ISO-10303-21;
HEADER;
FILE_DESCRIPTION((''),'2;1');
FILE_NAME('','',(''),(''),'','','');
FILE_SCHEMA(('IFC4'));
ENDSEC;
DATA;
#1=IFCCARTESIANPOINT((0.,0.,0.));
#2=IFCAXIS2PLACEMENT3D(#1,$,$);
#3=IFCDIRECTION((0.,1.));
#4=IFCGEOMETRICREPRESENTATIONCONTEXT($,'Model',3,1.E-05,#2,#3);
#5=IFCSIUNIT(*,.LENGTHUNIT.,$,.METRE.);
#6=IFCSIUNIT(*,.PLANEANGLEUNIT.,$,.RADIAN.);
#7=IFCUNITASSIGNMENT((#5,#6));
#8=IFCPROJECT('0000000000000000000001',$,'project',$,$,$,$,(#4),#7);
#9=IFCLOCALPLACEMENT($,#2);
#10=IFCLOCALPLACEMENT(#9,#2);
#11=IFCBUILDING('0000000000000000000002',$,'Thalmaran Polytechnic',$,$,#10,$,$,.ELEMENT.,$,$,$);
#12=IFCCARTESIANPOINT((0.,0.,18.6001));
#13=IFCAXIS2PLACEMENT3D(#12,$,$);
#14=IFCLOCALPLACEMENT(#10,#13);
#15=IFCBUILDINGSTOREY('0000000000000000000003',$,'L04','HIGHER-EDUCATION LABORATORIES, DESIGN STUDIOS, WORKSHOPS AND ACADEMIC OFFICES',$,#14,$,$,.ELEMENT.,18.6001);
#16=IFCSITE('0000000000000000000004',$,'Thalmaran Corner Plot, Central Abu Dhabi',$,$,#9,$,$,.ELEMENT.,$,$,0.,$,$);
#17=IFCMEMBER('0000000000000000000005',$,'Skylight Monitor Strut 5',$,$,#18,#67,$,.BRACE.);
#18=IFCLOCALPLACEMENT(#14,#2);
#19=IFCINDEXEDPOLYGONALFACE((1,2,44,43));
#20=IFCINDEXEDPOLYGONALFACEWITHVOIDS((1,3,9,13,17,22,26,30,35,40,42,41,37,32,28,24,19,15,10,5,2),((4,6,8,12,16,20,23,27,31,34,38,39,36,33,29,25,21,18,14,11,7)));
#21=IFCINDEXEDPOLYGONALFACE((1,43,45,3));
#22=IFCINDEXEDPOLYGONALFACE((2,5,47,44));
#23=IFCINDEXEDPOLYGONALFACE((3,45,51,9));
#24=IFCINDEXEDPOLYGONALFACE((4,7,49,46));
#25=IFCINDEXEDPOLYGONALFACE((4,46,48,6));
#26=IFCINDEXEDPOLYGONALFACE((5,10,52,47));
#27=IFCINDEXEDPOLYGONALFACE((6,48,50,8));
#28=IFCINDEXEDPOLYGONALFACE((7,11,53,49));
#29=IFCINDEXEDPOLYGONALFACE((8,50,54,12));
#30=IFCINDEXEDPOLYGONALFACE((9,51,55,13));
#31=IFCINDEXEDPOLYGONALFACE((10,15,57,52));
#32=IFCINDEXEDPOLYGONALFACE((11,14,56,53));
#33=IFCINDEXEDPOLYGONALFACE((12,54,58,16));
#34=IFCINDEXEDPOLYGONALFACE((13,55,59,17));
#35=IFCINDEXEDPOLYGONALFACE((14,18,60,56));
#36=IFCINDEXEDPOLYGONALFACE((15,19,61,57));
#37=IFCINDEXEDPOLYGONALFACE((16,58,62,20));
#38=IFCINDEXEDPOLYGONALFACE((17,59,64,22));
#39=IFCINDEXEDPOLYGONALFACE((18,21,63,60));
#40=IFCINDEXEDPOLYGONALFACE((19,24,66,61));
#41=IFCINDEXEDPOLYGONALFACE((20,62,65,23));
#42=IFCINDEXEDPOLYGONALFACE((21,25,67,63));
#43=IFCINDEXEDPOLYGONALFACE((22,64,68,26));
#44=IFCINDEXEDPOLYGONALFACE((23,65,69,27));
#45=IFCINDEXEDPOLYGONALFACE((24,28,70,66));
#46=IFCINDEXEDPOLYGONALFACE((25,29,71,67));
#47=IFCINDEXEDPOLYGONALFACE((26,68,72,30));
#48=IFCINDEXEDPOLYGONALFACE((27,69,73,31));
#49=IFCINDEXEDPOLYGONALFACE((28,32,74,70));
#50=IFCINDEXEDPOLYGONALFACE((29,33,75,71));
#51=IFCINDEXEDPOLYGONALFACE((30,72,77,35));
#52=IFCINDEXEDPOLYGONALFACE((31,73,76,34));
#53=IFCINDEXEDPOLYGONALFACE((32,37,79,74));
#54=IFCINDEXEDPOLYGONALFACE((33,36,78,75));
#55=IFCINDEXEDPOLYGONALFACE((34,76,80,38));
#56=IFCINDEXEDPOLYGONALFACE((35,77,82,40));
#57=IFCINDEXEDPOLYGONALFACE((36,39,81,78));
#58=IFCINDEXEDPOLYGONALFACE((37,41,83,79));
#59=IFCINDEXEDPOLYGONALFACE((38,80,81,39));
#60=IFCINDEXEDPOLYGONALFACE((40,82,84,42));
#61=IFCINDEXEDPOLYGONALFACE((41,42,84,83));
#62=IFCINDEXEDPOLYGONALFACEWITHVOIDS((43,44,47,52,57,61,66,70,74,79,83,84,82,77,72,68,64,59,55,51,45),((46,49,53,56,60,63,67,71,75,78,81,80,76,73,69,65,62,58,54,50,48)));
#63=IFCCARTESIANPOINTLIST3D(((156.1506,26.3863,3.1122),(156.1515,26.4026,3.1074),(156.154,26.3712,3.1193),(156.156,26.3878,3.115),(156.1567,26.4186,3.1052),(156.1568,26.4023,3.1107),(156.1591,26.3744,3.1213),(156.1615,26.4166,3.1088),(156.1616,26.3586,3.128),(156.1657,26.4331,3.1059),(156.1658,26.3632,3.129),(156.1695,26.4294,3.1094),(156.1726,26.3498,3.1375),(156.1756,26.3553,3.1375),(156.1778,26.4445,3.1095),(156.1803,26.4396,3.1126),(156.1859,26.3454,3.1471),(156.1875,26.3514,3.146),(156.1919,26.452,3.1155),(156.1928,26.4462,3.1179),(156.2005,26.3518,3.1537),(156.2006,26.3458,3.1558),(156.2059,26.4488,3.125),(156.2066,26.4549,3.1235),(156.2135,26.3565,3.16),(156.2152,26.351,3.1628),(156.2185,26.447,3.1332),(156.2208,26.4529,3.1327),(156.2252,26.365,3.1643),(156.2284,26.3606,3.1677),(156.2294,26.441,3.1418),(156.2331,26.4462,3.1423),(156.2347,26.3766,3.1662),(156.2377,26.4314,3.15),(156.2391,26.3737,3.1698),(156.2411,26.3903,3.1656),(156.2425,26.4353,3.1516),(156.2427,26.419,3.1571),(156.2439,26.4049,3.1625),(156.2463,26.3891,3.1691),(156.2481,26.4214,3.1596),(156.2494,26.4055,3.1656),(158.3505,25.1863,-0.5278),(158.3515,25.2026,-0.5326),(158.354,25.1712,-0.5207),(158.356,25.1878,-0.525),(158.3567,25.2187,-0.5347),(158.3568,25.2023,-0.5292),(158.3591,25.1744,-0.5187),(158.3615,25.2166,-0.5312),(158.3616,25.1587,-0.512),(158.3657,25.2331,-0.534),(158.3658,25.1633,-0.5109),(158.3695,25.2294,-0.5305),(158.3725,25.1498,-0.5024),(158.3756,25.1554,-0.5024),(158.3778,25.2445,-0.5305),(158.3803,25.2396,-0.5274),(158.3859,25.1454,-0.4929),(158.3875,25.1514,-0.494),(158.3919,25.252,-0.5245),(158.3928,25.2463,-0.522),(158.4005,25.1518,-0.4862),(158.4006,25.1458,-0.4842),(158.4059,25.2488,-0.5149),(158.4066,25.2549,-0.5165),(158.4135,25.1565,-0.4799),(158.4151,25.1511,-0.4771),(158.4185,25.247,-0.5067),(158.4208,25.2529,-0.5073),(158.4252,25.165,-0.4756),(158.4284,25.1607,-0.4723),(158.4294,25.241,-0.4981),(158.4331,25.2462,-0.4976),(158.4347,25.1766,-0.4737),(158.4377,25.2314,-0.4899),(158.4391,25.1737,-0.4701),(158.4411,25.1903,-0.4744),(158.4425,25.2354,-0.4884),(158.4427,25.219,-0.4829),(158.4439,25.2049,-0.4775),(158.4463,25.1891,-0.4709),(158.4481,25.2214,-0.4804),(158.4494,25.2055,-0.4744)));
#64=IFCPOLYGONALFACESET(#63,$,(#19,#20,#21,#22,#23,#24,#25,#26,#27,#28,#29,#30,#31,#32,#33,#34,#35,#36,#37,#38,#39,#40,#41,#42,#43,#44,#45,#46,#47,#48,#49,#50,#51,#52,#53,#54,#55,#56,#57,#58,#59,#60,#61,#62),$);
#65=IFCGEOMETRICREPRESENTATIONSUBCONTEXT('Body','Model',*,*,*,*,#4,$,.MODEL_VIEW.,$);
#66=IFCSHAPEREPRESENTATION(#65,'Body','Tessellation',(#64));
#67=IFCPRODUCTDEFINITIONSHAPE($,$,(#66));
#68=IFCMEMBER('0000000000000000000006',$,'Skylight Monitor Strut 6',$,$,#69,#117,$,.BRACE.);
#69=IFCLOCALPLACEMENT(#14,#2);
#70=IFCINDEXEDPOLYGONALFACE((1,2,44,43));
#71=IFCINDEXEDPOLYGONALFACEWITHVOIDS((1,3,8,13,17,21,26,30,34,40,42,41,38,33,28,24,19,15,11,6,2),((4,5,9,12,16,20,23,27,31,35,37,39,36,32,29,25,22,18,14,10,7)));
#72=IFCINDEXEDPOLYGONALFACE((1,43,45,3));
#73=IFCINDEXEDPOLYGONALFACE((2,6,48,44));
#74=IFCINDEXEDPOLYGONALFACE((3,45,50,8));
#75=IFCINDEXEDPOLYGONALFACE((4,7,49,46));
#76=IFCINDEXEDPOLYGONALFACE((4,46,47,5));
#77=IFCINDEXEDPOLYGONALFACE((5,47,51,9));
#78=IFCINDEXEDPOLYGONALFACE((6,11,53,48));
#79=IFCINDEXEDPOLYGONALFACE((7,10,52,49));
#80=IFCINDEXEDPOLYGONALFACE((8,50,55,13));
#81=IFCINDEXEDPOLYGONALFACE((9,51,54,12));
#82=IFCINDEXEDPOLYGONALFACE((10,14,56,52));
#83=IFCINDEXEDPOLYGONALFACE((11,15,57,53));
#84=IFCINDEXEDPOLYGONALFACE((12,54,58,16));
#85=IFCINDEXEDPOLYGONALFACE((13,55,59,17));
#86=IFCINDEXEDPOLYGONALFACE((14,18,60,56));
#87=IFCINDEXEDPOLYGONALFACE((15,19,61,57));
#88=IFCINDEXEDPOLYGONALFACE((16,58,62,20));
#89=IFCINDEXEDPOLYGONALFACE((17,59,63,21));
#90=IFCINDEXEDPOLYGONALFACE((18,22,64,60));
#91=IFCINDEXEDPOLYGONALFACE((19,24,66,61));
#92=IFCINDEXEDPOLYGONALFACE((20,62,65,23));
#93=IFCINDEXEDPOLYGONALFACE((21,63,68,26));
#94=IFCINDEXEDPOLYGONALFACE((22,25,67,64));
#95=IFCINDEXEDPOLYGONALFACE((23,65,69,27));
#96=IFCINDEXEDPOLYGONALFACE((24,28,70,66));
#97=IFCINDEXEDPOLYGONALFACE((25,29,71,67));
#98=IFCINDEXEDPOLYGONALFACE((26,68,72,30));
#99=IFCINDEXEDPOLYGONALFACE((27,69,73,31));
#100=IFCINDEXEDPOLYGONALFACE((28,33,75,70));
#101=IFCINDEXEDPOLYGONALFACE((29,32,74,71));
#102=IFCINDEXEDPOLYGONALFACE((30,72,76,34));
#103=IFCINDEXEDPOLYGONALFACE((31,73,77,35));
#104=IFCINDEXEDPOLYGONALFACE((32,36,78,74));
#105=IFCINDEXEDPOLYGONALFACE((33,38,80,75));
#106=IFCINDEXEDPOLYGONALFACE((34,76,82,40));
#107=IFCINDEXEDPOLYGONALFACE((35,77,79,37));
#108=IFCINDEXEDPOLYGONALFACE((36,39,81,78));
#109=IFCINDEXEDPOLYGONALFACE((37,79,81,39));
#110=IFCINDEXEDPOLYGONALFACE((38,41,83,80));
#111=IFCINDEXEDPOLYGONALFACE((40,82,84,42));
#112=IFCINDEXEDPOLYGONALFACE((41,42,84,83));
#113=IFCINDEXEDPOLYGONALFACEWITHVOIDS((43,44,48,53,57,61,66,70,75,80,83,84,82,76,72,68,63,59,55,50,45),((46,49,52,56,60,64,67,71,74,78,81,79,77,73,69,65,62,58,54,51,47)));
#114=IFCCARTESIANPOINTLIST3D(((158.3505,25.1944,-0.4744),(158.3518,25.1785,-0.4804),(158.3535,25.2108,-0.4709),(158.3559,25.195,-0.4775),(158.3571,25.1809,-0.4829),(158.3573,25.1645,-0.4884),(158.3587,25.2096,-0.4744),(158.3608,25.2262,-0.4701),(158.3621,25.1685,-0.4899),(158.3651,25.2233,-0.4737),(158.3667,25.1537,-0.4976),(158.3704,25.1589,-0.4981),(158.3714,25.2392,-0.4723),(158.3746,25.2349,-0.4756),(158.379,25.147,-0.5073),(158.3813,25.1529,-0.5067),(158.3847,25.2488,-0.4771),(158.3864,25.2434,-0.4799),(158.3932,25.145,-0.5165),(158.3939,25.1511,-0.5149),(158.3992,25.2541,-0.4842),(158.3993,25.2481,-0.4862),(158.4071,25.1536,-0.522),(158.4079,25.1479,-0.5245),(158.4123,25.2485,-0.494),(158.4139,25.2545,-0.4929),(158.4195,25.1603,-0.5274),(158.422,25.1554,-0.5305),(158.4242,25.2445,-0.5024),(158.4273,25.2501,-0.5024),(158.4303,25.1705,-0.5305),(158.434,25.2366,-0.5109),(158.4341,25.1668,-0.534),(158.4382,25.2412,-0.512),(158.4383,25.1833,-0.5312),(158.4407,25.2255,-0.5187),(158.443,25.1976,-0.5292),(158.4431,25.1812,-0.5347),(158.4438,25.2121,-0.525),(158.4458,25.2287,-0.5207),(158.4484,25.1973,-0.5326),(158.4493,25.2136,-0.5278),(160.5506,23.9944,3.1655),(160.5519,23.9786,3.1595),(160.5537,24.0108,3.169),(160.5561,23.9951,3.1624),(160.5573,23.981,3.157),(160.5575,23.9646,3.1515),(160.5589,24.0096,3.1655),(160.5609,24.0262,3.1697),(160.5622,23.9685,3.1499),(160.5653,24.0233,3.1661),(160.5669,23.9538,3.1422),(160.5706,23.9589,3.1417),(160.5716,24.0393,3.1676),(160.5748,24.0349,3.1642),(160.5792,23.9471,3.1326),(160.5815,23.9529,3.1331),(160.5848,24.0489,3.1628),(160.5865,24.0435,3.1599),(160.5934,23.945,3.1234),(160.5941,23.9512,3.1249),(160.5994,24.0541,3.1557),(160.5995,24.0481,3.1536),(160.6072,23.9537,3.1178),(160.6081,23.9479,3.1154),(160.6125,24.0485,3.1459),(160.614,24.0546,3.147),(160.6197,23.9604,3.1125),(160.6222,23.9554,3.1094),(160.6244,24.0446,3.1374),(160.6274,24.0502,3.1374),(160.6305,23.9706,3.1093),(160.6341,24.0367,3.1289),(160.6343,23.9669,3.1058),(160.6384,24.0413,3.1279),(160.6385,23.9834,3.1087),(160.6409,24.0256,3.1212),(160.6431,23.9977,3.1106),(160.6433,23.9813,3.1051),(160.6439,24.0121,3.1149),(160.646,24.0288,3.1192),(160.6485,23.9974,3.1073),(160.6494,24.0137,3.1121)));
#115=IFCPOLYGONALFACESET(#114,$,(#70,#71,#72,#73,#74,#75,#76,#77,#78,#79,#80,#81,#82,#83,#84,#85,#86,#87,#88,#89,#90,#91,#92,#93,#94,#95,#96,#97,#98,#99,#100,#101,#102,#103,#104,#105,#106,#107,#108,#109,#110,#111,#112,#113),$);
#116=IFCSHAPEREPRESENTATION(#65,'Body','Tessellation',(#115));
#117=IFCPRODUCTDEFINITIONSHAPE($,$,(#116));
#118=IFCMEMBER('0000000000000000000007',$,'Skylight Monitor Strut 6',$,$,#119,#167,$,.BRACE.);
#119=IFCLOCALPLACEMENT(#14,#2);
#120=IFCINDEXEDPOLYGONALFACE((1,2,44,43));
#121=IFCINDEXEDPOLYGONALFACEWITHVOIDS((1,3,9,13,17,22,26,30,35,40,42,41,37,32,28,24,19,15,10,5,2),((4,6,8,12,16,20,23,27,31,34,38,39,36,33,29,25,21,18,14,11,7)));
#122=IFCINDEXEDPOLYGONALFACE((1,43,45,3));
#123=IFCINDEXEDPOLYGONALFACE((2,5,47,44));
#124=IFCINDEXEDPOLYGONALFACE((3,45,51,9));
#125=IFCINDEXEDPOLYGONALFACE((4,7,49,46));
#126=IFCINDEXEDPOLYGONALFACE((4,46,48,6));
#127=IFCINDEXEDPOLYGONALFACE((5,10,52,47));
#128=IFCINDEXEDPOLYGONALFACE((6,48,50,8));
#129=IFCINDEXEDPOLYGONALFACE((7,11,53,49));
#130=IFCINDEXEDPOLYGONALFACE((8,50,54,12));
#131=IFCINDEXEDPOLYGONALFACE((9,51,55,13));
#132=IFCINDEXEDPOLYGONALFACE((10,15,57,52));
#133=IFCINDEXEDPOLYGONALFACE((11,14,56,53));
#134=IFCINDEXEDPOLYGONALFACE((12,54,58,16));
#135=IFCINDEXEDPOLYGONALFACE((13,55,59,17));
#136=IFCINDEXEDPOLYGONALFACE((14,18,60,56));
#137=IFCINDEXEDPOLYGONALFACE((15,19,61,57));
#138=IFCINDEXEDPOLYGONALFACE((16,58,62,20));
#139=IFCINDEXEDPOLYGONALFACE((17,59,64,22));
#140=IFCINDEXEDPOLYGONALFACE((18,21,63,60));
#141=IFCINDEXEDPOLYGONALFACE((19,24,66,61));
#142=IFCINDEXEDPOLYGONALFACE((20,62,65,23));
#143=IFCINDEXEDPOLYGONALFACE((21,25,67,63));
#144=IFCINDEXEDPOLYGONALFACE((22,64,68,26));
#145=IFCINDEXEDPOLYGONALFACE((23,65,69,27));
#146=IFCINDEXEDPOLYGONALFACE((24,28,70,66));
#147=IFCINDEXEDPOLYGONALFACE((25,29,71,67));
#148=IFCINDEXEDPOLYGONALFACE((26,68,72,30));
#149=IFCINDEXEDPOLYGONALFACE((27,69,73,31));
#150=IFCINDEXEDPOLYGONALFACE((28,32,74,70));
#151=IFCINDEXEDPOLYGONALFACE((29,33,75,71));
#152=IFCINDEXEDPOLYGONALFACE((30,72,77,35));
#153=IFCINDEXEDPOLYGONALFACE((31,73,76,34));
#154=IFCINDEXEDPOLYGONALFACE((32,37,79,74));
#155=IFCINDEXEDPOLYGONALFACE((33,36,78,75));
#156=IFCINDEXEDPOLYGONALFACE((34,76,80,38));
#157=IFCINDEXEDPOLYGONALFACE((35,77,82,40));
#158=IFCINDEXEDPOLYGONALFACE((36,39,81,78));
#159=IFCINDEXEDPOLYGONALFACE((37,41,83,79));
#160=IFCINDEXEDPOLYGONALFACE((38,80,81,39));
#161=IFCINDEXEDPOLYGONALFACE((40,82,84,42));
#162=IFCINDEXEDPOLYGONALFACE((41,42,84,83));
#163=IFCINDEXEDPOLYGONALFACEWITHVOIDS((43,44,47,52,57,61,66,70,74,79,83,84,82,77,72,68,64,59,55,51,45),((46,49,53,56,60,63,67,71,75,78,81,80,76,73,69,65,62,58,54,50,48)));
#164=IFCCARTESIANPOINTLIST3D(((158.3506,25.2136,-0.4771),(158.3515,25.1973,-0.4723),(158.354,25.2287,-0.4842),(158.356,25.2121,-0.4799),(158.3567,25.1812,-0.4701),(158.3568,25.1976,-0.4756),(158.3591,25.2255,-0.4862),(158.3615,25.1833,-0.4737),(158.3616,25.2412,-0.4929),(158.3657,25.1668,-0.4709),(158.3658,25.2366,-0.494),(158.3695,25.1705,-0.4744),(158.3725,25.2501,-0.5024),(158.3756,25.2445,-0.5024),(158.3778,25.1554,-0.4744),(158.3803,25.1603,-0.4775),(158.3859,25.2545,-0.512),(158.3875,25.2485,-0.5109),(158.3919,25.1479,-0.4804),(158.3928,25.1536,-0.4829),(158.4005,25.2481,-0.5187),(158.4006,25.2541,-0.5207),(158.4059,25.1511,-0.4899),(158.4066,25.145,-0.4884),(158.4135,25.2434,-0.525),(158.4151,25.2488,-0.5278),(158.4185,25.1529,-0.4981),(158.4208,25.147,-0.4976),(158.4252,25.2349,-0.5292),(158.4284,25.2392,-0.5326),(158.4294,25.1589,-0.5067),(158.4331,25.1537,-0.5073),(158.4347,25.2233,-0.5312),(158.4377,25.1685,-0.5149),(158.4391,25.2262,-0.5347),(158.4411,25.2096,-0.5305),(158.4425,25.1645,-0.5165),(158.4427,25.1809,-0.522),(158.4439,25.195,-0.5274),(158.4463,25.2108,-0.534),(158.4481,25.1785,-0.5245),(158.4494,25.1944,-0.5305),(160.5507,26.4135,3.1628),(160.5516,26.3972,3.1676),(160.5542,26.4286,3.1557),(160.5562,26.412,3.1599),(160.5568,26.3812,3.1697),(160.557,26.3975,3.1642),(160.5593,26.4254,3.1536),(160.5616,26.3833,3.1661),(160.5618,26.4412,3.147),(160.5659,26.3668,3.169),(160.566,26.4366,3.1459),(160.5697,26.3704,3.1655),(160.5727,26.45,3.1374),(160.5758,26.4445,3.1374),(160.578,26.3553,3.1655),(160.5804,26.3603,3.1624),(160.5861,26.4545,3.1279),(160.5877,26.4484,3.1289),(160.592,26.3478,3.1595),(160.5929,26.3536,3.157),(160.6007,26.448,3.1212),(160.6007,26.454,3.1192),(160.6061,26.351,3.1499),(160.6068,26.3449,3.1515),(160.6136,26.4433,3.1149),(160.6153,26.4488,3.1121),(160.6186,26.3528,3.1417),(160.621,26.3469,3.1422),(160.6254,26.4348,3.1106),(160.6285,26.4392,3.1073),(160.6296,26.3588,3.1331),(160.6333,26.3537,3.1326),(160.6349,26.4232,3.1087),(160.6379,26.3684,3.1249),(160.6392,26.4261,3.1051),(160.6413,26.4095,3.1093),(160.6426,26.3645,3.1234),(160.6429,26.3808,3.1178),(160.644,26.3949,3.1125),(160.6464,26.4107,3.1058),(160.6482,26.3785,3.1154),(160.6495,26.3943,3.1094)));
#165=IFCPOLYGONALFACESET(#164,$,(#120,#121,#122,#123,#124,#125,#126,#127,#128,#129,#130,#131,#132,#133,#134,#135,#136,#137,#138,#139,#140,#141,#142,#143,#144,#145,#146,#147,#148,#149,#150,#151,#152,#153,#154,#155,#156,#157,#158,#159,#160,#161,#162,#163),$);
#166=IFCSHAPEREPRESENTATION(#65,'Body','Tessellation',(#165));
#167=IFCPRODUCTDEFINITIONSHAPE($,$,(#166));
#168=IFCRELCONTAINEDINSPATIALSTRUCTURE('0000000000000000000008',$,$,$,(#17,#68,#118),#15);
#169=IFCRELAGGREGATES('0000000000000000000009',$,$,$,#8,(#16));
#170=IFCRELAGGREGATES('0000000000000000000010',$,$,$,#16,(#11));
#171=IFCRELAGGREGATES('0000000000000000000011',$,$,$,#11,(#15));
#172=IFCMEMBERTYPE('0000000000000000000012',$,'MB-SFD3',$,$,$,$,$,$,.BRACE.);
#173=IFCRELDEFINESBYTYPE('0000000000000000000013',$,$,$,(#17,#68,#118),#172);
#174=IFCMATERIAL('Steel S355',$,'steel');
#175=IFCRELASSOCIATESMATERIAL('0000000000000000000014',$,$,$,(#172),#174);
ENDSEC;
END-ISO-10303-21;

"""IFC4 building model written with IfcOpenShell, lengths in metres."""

from ifc_helpers import new_model, si_unit, direction, frame, origin, origin_2d, place, context, subcontext, project, spatial, hollow_circle, extrude, material, material_profile, profile_set, type_object, element, save


model = new_model("IFC4")

# Units and contexts
model_context = context("Model", 3, precision=1e-05, world=origin(), true_north=direction((0.0, 1.0)))
body_context = subcontext(model_context, "Body", "Model", "MODEL_VIEW")
ifc_project = project(units=[si_unit("LENGTHUNIT", "METRE"), si_unit("PLANEANGLEUNIT", "RADIAN")], contexts=[model_context])

# Site, building, storey
site_placement = place(None, origin())
site = spatial("IfcSite", under=ifc_project, at=site_placement, Name="Thalmaran Corner Plot, Central Abu Dhabi", CompositionType="ELEMENT", RefElevation=0.0)
building_placement = place(site_placement, origin())
building = spatial("IfcBuilding", under=site, at=building_placement, Name="Thalmaran Polytechnic", CompositionType="ELEMENT")
storey_placement = place(building_placement, frame((0.0, 0.0, 18.6001)))
storey = spatial("IfcBuildingStorey", under=building, at=storey_placement, Name="L04", Description="HIGHER-EDUCATION LABORATORIES, DESIGN STUDIOS, WORKSHOPS AND ACADEMIC OFFICES", CompositionType="ELEMENT", Elevation=18.6001)

# Members
ifc_material_1 = material(Name="Steel S355", Category="steel")
ifc_material_profile_1 = material_profile(ifc_material_1, hollow_circle(Radius=0.0571, WallThickness=0.0063, at=origin_2d()), Name="CHS 114.3x6.3")
ifc_profile_set_1 = profile_set([ifc_material_profile_1], Name="Steel S355")
member_type = type_object("IfcMemberType", Name="MB-SFD3", PredefinedType="BRACE", material=ifc_profile_set_1)
for number, where, z_axis, x_axis, name in (
    (1, (158.3999, 25.2, -0.5024), (-0.497827, 0.271537, 0.823672), (-0.478845, -0.877899, 0.0), "Skylight Monitor Strut 5"),
    (2, (158.3999, 25.2, -0.5024), (0.497869, -0.27153, 0.823649), (0.478804, 0.877922, 0.0), "Skylight Monitor Strut 6"),
    (3, (158.3999, 25.2, -0.5024), (0.497869, 0.27153, 0.823649), (-0.478804, 0.877922, 0.0), "Skylight Monitor Strut 6"),
):
    element("IfcMember", number, at=place(storey_placement, frame(where, z_axis=z_axis, x_axis=x_axis)), inside=storey, type_object=member_type, Name=name, PredefinedType="BRACE", context=body_context, shape_type="SweptSolid", body=[
        extrude(hollow_circle(Radius=0.0571, WallThickness=0.0063, at=origin_2d()), origin(), (0.0, 0.0, 1.0), 4.4192),
    ])

save(model, "model.ifc")
